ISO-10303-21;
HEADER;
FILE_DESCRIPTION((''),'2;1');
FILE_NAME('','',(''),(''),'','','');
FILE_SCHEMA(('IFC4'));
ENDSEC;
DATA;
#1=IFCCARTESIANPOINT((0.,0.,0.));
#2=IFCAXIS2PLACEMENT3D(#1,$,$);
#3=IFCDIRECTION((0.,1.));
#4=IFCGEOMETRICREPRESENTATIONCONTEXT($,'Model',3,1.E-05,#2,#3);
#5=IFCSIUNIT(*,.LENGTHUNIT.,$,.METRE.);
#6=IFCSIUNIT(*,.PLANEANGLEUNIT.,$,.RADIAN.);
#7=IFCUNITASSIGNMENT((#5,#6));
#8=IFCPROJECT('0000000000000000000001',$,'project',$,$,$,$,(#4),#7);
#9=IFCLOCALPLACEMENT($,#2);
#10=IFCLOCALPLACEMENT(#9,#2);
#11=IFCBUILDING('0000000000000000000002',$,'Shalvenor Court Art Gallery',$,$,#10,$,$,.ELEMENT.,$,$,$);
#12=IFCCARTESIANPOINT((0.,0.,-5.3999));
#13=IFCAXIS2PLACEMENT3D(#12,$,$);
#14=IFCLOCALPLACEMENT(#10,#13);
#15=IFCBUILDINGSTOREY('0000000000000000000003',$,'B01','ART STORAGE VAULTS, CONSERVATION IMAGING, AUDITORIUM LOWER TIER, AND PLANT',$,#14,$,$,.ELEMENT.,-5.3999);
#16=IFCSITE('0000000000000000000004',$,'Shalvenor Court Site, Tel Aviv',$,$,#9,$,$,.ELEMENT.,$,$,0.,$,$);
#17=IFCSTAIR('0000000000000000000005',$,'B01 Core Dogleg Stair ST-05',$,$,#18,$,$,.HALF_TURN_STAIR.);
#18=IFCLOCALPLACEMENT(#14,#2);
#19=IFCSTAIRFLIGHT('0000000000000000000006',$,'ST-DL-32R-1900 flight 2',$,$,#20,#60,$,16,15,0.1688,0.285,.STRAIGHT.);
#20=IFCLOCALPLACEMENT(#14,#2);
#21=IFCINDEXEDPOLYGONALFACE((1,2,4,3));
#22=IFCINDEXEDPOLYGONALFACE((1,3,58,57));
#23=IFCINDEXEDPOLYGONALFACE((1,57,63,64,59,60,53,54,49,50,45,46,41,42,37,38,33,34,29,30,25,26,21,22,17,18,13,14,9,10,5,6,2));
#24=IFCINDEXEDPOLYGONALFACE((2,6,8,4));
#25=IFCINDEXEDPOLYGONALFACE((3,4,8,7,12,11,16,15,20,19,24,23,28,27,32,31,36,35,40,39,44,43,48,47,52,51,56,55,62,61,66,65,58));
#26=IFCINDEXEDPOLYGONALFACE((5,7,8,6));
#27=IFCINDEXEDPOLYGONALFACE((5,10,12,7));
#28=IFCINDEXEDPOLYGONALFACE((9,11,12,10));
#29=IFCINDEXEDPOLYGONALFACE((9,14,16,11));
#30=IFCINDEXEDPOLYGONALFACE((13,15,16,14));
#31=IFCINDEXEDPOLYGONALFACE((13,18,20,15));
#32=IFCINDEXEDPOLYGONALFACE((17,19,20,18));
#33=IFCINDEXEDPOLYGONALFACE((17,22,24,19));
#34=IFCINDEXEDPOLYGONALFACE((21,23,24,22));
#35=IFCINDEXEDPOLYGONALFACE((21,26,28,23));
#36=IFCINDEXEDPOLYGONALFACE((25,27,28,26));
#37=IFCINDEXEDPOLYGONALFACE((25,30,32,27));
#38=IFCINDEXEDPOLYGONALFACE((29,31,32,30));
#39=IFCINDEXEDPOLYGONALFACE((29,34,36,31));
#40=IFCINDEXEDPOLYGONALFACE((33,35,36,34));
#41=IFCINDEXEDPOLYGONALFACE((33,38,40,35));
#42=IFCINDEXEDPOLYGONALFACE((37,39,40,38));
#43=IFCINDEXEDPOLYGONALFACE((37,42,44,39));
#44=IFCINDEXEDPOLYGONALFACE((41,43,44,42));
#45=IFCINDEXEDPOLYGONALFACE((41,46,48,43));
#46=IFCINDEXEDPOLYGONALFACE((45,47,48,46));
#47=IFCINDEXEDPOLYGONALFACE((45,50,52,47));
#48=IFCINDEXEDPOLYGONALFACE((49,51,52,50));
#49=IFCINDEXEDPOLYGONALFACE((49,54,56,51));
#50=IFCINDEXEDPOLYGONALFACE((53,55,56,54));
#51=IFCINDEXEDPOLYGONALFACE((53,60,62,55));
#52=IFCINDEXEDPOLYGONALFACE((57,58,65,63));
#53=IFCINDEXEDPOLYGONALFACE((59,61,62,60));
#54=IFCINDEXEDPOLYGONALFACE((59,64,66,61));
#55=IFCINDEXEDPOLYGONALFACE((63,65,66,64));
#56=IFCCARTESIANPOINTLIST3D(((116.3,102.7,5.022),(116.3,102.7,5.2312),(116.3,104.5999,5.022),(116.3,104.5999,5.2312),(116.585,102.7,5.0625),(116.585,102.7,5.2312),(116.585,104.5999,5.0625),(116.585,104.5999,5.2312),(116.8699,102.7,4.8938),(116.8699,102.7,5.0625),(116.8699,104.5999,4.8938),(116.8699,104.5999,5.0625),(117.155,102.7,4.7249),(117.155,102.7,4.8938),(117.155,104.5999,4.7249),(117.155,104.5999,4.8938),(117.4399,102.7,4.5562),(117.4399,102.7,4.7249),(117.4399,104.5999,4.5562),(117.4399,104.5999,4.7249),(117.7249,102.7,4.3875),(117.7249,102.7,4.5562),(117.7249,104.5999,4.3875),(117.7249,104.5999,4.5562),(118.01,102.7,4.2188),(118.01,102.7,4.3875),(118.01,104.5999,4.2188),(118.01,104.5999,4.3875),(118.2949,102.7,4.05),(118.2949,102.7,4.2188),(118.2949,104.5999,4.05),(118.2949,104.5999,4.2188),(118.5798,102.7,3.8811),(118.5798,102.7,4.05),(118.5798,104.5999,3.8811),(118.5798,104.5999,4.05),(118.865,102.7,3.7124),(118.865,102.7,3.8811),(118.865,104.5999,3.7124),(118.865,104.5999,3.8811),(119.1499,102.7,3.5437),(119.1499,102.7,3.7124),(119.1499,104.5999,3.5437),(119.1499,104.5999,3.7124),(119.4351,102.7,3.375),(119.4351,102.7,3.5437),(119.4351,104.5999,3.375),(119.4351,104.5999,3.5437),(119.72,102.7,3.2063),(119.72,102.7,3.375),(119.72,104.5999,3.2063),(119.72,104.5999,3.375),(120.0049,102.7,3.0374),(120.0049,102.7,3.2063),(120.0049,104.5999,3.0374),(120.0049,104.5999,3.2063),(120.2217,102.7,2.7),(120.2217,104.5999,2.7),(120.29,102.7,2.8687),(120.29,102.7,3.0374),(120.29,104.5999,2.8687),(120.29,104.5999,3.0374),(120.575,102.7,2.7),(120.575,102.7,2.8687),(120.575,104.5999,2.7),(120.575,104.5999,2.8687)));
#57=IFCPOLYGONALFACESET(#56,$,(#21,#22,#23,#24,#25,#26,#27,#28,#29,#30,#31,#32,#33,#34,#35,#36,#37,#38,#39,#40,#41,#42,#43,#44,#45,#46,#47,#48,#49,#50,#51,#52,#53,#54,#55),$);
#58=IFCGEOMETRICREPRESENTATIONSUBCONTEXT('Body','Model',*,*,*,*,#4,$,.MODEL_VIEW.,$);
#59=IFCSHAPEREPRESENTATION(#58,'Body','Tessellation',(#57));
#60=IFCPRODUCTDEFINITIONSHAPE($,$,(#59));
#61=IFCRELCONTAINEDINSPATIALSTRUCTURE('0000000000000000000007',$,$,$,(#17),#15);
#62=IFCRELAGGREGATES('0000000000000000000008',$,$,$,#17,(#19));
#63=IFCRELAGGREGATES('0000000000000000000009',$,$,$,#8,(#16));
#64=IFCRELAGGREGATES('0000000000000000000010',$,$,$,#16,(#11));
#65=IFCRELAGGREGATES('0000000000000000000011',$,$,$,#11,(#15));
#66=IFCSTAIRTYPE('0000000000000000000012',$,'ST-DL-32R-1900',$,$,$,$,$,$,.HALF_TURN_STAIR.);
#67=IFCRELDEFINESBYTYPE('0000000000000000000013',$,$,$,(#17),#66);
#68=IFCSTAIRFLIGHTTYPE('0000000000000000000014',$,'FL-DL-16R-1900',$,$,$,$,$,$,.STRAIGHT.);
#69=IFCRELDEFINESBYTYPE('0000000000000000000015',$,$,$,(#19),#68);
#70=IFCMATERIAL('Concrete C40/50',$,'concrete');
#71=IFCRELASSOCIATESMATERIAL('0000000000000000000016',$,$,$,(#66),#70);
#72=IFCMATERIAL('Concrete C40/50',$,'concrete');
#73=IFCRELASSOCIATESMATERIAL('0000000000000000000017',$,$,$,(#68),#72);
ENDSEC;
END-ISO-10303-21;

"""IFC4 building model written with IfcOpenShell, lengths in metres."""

from ifc_helpers import new_model, si_unit, direction, frame, origin, place, context, subcontext, project, spatial, polyline, outline, extrude, material, type_object, element, aggregate, save


model = new_model("IFC4")

# Units and contexts
model_context = context("Model", 3, precision=1e-05, world=origin(), true_north=direction((0.0, 1.0)))
body_context = subcontext(model_context, "Body", "Model", "MODEL_VIEW")
ifc_project = project(units=[si_unit("LENGTHUNIT", "METRE"), si_unit("PLANEANGLEUNIT", "RADIAN")], contexts=[model_context])

# Site, building, storey
site_placement = place(None, origin())
site = spatial("IfcSite", under=ifc_project, at=site_placement, Name="Shalvenor Court Site, Tel Aviv", CompositionType="ELEMENT", RefElevation=0.0)
building_placement = place(site_placement, origin())
building = spatial("IfcBuilding", under=site, at=building_placement, Name="Shalvenor Court Art Gallery", CompositionType="ELEMENT")
storey_placement = place(building_placement, frame((0.0, 0.0, -5.3999)))
storey = spatial("IfcBuildingStorey", under=building, at=storey_placement, Name="B01", Description="ART STORAGE VAULTS, CONSERVATION IMAGING, AUDITORIUM LOWER TIER, AND PLANT", CompositionType="ELEMENT", Elevation=-5.3999)

# Stair, stair flight
ifc_material_1 = material(Name="Concrete C40/50", Category="concrete")
stair_type = type_object("IfcStairType", Name="ST-DL-32R-1900", PredefinedType="HALF_TURN_STAIR", material=ifc_material_1)
stair_placement = place(storey_placement, origin())
stair = element("IfcStair", 1, at=stair_placement, inside=storey, type_object=stair_type, Name="B01 Core Dogleg Stair ST-05", PredefinedType="HALF_TURN_STAIR")
ifc_material_2 = material(Name="Concrete C40/50", Category="concrete")
stair_flight_type = type_object("IfcStairFlightType", Name="FL-DL-16R-1900", PredefinedType="STRAIGHT", material=ifc_material_2)
stair_flight_1_placement = place(storey_placement, frame((120.575, 103.6499, 2.7), z_axis=(0.0, 0.0, 1.0), x_axis=(-1.0, 0.0, 0.0)))
stair_flight_1 = element("IfcStairFlight", 2, at=stair_flight_1_placement, type_object=stair_flight_type, Name="ST-DL-32R-1900 flight 2", NumberOfRisers=16, NumberOfTreads=15, PredefinedType="STRAIGHT", RiserHeight=0.1688, TreadLength=0.285, context=body_context, shape_type="SweptSolid", body=[
    extrude(outline(polyline([(0.0, 0.0), (0.0, 0.1687), (0.2849, 0.1687), (0.2849, 0.3374), (0.5701, 0.3374), (0.5701, 0.5063), (0.855, 0.5063), (0.855, 0.675), (1.1399, 0.675), (1.1399, 0.8438), (1.425, 0.8438), (1.425, 1.0125), (1.71, 1.0125), (1.71, 1.1812), (1.9951, 1.1812), (1.9951, 1.3501), (2.28, 1.3501), (2.28, 1.5188), (2.5649, 1.5188), (2.5649, 1.6875), (2.8501, 1.6875), (2.8501, 1.8562), (3.135, 1.8562), (3.135, 2.0249), (3.4199, 2.0249), (3.4199, 2.1938), (3.7051, 2.1938), (3.7051, 2.3625), (3.99, 2.3625), (3.99, 2.5312), (4.2749, 2.5312), (4.2749, 2.7), (4.2749, 2.322), (0.3533, 0.0), (0.0, 0.0)])), frame((0.0, 0.95, 0.0), z_axis=(0.0, -1.0, 0.0), x_axis=(1.0, 0.0, 0.0)), (0.0, 0.0, 1.0), 1.8999),
])
aggregate(stair, [stair_flight_1])

save(model, "model.ifc")
